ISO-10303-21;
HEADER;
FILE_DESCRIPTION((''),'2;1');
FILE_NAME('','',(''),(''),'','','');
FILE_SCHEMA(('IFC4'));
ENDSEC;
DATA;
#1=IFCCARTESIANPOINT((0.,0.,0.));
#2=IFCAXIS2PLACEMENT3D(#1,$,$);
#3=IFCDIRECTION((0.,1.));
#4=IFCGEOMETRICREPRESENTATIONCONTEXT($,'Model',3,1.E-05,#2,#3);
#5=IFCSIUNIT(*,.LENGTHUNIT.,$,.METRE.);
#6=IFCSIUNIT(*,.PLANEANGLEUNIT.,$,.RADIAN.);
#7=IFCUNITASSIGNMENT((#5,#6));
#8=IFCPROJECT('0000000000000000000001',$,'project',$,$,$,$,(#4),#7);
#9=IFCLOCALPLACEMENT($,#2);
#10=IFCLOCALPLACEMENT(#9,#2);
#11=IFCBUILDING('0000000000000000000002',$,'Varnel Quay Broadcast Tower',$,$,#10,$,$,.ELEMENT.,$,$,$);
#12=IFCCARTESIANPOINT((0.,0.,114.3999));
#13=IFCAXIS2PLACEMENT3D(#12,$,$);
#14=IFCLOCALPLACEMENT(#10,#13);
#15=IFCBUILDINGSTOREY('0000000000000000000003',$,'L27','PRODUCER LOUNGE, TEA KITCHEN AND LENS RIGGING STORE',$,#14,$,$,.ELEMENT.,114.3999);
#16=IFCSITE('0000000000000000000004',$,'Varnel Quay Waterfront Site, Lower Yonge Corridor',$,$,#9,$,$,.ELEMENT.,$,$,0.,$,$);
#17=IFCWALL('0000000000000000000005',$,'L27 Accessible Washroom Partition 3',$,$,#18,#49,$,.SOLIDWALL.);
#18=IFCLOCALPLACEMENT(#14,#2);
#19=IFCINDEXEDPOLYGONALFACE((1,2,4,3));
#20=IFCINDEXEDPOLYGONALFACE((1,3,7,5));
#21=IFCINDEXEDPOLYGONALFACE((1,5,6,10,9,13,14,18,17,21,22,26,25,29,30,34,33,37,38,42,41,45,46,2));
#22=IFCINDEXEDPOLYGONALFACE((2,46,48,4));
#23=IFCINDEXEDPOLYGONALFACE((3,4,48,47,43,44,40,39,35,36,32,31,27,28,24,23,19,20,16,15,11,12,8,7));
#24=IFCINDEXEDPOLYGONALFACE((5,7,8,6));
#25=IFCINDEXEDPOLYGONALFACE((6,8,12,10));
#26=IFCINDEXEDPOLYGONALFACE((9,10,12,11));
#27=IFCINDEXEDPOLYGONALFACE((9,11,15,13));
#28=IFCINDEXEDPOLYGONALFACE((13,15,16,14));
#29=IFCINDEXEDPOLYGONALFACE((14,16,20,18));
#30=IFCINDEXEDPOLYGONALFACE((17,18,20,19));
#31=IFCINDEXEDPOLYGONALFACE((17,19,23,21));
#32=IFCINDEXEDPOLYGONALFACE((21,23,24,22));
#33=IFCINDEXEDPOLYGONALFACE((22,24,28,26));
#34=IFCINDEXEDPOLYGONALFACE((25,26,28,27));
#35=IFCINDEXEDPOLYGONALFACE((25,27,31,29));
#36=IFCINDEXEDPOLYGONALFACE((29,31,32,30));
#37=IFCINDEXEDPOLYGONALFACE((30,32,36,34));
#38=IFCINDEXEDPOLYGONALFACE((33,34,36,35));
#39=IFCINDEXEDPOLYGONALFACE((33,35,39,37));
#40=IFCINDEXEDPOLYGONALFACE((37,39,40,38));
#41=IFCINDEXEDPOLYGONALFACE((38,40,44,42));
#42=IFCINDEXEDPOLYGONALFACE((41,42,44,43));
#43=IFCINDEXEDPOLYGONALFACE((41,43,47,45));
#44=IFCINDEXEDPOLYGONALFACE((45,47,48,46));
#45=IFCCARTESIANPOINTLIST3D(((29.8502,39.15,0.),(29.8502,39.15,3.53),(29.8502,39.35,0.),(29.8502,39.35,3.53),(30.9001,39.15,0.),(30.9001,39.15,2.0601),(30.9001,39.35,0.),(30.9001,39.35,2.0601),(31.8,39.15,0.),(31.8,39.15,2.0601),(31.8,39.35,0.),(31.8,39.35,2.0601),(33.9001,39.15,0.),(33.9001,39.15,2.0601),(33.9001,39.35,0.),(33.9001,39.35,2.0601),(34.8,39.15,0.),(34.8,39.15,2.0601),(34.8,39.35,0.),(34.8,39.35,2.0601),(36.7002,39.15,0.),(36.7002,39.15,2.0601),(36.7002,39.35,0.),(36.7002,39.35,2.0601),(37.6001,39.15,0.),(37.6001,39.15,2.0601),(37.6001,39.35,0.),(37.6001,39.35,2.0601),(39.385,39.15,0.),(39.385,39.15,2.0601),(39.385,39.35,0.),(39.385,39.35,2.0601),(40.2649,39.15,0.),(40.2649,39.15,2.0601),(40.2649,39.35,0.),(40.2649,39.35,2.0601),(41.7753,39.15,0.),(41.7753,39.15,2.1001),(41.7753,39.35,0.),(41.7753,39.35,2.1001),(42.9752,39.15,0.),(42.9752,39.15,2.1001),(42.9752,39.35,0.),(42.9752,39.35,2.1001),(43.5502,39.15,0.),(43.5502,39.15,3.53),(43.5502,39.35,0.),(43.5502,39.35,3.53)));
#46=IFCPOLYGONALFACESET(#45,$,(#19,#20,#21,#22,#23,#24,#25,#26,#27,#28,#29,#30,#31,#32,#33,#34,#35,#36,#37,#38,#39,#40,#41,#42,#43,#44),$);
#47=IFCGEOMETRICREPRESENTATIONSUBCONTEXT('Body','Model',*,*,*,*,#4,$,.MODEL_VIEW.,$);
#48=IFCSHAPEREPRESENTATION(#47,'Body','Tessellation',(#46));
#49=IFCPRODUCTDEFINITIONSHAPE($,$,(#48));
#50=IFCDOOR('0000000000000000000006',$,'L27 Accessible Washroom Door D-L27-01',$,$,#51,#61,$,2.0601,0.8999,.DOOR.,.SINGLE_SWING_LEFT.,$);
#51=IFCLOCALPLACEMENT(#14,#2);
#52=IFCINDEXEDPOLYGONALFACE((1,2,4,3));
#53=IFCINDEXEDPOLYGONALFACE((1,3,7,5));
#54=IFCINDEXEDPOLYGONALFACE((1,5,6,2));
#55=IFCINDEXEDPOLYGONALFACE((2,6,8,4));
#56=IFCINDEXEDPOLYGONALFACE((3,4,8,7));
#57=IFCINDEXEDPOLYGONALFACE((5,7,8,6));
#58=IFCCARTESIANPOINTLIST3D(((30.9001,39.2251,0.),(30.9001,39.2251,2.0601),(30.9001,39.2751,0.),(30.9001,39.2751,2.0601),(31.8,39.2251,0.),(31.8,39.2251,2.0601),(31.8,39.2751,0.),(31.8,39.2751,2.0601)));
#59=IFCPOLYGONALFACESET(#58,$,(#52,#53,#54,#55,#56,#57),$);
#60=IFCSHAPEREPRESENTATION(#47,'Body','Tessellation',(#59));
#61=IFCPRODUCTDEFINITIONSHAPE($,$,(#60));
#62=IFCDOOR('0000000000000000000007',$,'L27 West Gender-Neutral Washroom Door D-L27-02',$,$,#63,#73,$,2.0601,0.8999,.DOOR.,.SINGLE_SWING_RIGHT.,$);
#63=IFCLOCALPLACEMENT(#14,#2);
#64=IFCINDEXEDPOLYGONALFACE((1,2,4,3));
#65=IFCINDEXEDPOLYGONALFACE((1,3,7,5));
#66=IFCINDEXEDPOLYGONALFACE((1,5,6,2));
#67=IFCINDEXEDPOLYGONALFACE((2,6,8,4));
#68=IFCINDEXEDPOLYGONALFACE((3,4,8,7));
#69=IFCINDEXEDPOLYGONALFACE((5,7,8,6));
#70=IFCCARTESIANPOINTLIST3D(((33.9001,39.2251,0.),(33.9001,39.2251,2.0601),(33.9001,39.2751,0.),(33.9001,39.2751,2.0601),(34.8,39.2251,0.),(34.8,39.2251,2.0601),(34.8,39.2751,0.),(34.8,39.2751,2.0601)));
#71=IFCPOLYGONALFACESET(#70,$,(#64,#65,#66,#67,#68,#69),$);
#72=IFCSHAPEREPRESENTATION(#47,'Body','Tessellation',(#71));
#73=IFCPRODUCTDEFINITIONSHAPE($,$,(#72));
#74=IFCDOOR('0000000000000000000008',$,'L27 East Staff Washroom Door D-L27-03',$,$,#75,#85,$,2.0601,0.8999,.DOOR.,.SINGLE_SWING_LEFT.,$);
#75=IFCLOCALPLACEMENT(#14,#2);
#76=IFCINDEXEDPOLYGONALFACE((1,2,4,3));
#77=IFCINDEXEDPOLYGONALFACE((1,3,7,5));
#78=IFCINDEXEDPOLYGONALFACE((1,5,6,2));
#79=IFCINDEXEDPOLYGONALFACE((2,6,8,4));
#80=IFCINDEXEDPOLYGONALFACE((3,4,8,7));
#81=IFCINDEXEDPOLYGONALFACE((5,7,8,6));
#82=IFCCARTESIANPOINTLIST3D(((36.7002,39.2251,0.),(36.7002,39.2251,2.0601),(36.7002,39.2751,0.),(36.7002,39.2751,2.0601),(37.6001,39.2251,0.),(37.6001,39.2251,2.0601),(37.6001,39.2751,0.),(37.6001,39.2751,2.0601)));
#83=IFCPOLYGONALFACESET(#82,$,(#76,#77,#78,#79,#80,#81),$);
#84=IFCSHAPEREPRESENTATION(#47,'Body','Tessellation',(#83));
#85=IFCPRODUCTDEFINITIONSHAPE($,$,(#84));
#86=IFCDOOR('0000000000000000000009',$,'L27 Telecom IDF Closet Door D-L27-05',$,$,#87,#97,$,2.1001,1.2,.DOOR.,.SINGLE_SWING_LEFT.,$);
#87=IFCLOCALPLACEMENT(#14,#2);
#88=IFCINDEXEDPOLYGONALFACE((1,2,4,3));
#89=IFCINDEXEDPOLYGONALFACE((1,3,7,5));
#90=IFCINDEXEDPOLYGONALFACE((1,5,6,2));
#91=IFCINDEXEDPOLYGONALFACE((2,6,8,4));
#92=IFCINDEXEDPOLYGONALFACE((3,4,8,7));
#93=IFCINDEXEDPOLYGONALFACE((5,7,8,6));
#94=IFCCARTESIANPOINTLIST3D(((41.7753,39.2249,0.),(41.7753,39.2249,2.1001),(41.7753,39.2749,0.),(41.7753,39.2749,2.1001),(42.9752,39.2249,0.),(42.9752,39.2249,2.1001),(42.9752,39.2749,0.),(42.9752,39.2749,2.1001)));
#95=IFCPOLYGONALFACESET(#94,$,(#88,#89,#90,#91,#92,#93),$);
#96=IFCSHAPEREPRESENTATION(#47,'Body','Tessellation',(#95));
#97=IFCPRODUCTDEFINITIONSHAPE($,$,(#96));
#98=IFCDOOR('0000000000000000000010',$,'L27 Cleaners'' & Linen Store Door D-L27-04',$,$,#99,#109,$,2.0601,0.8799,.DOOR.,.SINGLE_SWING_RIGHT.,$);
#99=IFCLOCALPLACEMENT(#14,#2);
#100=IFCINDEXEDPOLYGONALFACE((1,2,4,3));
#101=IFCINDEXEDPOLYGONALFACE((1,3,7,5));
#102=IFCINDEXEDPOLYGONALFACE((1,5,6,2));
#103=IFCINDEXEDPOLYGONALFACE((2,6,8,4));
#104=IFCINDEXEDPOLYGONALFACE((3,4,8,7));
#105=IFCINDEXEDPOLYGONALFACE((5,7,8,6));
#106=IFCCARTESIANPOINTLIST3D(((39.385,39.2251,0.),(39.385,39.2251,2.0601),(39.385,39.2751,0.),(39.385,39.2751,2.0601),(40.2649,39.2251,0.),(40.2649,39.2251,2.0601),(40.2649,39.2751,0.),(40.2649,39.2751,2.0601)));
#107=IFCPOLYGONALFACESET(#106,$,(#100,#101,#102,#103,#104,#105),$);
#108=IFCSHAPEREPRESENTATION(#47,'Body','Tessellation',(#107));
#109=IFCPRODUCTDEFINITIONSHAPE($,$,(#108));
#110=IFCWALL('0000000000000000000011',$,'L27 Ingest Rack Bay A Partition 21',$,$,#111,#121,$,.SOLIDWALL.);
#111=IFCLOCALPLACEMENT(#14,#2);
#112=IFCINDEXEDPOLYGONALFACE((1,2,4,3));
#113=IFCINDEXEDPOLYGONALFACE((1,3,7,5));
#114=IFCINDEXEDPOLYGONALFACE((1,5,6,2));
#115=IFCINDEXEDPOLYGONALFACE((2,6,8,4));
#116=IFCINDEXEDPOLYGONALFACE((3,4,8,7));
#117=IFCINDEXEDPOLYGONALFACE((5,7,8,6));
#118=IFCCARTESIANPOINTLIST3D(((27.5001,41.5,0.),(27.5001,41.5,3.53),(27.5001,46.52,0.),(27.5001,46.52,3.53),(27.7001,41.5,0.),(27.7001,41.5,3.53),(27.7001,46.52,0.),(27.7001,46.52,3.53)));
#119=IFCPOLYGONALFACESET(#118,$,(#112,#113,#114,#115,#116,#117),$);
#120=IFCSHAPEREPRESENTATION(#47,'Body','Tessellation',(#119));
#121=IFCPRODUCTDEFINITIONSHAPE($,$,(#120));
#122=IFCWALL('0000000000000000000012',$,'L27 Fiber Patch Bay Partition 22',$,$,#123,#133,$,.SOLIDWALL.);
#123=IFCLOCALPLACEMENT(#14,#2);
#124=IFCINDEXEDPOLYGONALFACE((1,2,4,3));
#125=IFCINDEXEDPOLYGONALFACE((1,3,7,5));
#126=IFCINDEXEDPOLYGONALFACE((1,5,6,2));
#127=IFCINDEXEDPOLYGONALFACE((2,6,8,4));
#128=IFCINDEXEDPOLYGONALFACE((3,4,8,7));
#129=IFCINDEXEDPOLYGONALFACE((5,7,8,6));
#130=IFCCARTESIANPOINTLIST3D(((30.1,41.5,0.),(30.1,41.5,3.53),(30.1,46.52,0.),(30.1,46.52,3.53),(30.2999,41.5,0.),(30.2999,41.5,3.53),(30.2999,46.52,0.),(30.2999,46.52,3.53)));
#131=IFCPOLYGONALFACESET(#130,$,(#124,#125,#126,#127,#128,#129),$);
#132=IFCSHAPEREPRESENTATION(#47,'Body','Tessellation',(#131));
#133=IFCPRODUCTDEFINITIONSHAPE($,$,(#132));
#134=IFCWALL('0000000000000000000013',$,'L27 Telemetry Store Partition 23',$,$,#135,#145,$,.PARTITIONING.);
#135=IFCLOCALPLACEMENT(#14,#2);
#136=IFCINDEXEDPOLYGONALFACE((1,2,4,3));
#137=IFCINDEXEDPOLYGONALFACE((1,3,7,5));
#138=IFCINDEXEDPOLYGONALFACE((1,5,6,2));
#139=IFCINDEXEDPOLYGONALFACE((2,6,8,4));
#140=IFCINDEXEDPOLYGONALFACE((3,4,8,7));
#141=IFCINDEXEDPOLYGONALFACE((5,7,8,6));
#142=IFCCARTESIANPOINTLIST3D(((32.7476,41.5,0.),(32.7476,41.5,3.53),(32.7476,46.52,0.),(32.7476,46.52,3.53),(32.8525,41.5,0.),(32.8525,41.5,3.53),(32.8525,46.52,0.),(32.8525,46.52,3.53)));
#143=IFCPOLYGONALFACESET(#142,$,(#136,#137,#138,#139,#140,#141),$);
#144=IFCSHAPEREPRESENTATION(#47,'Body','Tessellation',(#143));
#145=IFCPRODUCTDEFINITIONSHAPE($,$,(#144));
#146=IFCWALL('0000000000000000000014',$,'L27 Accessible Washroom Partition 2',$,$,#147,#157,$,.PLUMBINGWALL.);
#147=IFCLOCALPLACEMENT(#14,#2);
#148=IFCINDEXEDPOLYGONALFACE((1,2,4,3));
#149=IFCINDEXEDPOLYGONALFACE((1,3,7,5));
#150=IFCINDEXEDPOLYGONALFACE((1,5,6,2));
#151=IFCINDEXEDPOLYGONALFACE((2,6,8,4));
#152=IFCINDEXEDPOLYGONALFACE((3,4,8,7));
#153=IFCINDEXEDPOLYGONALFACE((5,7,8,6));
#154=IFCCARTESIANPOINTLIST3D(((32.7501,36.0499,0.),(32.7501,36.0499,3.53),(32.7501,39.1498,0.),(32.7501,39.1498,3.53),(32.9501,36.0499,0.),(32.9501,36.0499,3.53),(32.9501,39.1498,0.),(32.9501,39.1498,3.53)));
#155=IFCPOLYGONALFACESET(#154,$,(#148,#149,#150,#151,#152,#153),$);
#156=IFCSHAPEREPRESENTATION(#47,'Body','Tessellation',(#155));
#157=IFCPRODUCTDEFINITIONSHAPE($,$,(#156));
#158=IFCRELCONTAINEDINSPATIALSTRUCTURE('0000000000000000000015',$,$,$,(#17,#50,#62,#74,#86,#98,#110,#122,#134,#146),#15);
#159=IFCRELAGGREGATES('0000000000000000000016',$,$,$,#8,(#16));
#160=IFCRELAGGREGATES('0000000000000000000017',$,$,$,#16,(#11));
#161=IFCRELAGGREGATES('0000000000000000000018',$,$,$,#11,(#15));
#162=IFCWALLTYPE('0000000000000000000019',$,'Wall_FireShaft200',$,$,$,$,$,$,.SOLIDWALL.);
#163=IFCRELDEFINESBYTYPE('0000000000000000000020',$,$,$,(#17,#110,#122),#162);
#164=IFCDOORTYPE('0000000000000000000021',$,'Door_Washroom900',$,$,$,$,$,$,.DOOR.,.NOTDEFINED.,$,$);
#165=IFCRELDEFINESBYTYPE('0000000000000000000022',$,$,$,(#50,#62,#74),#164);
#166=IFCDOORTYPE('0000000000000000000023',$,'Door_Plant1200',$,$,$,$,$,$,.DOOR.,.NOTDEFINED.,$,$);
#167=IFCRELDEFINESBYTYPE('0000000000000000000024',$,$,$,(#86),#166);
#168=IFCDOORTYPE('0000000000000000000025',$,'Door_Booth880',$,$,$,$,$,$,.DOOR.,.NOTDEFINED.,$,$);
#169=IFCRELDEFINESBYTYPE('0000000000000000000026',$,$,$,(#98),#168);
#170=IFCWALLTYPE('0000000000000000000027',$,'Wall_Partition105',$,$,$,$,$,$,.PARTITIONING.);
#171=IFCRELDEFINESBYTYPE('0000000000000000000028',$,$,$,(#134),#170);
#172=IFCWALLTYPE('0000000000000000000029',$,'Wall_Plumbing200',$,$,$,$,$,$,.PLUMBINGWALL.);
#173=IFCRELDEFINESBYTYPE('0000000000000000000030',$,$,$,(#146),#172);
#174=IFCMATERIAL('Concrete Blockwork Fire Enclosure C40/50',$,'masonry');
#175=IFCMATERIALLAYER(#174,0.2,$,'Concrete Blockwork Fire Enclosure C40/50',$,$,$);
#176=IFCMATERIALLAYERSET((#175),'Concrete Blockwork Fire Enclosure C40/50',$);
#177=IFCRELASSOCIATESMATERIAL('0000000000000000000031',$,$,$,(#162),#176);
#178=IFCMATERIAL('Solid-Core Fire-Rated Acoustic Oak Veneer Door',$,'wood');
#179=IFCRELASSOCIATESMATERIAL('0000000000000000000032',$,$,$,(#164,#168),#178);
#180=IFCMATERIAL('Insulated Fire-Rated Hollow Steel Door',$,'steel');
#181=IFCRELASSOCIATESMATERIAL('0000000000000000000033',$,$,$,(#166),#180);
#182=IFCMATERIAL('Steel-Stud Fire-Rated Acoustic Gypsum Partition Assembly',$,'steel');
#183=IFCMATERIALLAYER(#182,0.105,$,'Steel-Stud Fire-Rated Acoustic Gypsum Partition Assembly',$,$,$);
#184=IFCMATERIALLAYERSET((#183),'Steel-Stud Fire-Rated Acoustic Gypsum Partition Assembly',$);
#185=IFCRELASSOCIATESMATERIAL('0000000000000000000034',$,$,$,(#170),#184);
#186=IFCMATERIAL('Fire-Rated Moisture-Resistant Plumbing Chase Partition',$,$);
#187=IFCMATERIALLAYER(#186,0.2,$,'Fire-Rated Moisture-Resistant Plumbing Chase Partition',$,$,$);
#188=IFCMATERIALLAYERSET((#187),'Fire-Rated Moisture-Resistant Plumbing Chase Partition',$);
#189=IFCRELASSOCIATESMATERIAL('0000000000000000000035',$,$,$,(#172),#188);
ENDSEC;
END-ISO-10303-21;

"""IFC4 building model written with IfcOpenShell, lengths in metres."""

from ifc_helpers import new_model, si_unit, direction, frame, frame_2d, origin, place, context, subcontext, project, spatial, rectangle, extrude, source, transform, mapped, material, layer, layer_set, type_object, type_shapes, element, fill, save


model = new_model("IFC4")

# Units and contexts
model_context = context("Model", 3, precision=1e-05, world=origin(), true_north=direction((0.0, 1.0)))
body_context = subcontext(model_context, "Body", "Model", "MODEL_VIEW")
ifc_project = project(units=[si_unit("LENGTHUNIT", "METRE"), si_unit("PLANEANGLEUNIT", "RADIAN")], contexts=[model_context])

# Site, building, storey
site_placement = place(None, origin())
site = spatial("IfcSite", under=ifc_project, at=site_placement, Name="Varnel Quay Waterfront Site, Lower Yonge Corridor", CompositionType="ELEMENT", RefElevation=0.0)
building_placement = place(site_placement, origin())
building = spatial("IfcBuilding", under=site, at=building_placement, Name="Varnel Quay Broadcast Tower", CompositionType="ELEMENT")
storey_placement = place(building_placement, frame((0.0, 0.0, 114.3999)))
storey = spatial("IfcBuildingStorey", under=building, at=storey_placement, Name="L27", Description="PRODUCER LOUNGE, TEA KITCHEN AND LENS RIGGING STORE", CompositionType="ELEMENT", Elevation=114.3999)

# Shared definitions
ifc_material_1 = material(Name="Insulated Fire-Rated Hollow Steel Door", Category="steel")
ifc_material_2 = material(Name="Solid-Core Fire-Rated Acoustic Oak Veneer Door", Category="wood")

# Shared definitions
ifc_material_3 = material(Name="Concrete Blockwork Fire Enclosure C40/50", Category="masonry")
ifc_layer_1 = layer(ifc_material_3, 0.2, Name="Concrete Blockwork Fire Enclosure C40/50")
ifc_layer_set_1 = layer_set([ifc_layer_1], Name="Concrete Blockwork Fire Enclosure C40/50")
wall_type_1 = type_object("IfcWallType", Name="Wall_FireShaft200", PredefinedType="SOLIDWALL", material=ifc_layer_set_1)

# Wall, openings, doors
wall_1_placement = place(storey_placement, frame((29.8501, 39.25, 0.0), z_axis=(0.0, 0.0, 1.0), x_axis=(1.0, 0.0, 0.0)))
wall_1 = element("IfcWall", 1, at=wall_1_placement, inside=storey, type_object=wall_type_1, Name="L27 Accessible Washroom Partition 3", PredefinedType="SOLIDWALL", context=body_context, shape_type="SweptSolid", body=[
    extrude(rectangle(XDim=13.7, YDim=0.2, at=frame_2d((6.8501, 0.0))), origin(), (0.0, 0.0, 1.0), 3.53),
])
opening_1_placement = place(wall_1_placement, frame((1.05, 0.0, 0.0)))
opening_1 = element("IfcOpeningElement", 2, at=opening_1_placement, cuts=wall_1, PredefinedType="OPENING", context=body_context, shape_type="SweptSolid", body=[
    extrude(rectangle(XDim=0.8999, YDim=2.0601, at=frame_2d((0.45, 1.03))), frame((0.0, 0.1099, 0.0), z_axis=(0.0, -1.0, 0.0), x_axis=(1.0, 0.0, 0.0)), (0.0, 0.0, 1.0), 0.22),
])
opening_2_placement = place(wall_1_placement, frame((4.05, 0.0, 0.0)))
opening_2 = element("IfcOpeningElement", 3, at=opening_2_placement, cuts=wall_1, PredefinedType="OPENING", context=body_context, shape_type="SweptSolid", body=[
    extrude(rectangle(XDim=0.8999, YDim=2.0601, at=frame_2d((0.45, 1.03))), frame((0.0, 0.1099, 0.0), z_axis=(0.0, -1.0, 0.0), x_axis=(1.0, 0.0, 0.0)), (0.0, 0.0, 1.0), 0.22),
])
opening_3_placement = place(wall_1_placement, frame((6.8501, 0.0, 0.0)))
opening_3 = element("IfcOpeningElement", 4, at=opening_3_placement, cuts=wall_1, PredefinedType="OPENING", context=body_context, shape_type="SweptSolid", body=[
    extrude(rectangle(XDim=0.8999, YDim=2.0601, at=frame_2d((0.45, 1.03))), frame((0.0, 0.1099, 0.0), z_axis=(0.0, -1.0, 0.0), x_axis=(1.0, 0.0, 0.0)), (0.0, 0.0, 1.0), 0.22),
])
opening_4_placement = place(wall_1_placement, frame((9.5349, 0.0, 0.0)))
opening_4 = element("IfcOpeningElement", 5, at=opening_4_placement, cuts=wall_1, PredefinedType="OPENING", context=body_context, shape_type="SweptSolid", body=[
    extrude(rectangle(XDim=0.8799, YDim=2.0601, at=frame_2d((0.4399, 1.03))), frame((0.0, 0.1099, 0.0), z_axis=(0.0, -1.0, 0.0), x_axis=(1.0, 0.0, 0.0)), (0.0, 0.0, 1.0), 0.22),
])
opening_5_placement = place(wall_1_placement, frame((11.925, 0.0, 0.0)))
opening_5 = element("IfcOpeningElement", 6, at=opening_5_placement, cuts=wall_1, PredefinedType="OPENING", context=body_context, shape_type="SweptSolid", body=[
    extrude(rectangle(XDim=1.2, YDim=2.1001, at=frame_2d((0.6001, 1.05))), frame((0.0, 0.1099, 0.0), z_axis=(0.0, -1.0, 0.0), x_axis=(1.0, 0.0, 0.0)), (0.0, 0.0, 1.0), 0.22),
])
door_type_1 = type_object("IfcDoorType", Name="Door_Washroom900", OperationType="NOTDEFINED", PredefinedType="DOOR", material=ifc_material_2)
shared_shape_1 = source(origin(), body_context, "Body", "SweptSolid", [
    extrude(rectangle(XDim=0.8999, YDim=2.0601, at=frame_2d((0.45, 1.03))), frame((0.0, 0.0249, 0.0), z_axis=(0.0, -1.0, 0.0), x_axis=(1.0, 0.0, 0.0)), (0.0, 0.0, 1.0), 0.05),
])
type_shapes(door_type_1, [shared_shape_1])
door_1_placement = place(opening_1_placement, frame((0.8999, 0.0, 0.0), z_axis=(0.0, 0.0, 1.0), x_axis=(-1.0, 0.0, 0.0)))
door_1 = element("IfcDoor", 7, at=door_1_placement, inside=storey, type_object=door_type_1, Name="L27 Accessible Washroom Door D-L27-01", OperationType="SINGLE_SWING_LEFT", OverallHeight=2.0601, OverallWidth=0.8999, PredefinedType="DOOR", context=body_context, shape_type="MappedRepresentation", body=[
    mapped(shared_shape_1, transform((0.0, 0.0, 0.0), x_axis=(1.0, 0.0, 0.0), y_axis=(0.0, 1.0, 0.0), z_axis=(0.0, 0.0, 1.0), scale=1.0)),
])
fill(opening_1, door_1)
door_2_placement = place(opening_2_placement, frame((0.8999, 0.0, 0.0), z_axis=(0.0, 0.0, 1.0), x_axis=(-1.0, 0.0, 0.0)))
door_2 = element("IfcDoor", 8, at=door_2_placement, inside=storey, type_object=door_type_1, Name="L27 West Gender-Neutral Washroom Door D-L27-02", OperationType="SINGLE_SWING_RIGHT", OverallHeight=2.0601, OverallWidth=0.8999, PredefinedType="DOOR", context=body_context, shape_type="MappedRepresentation", body=[
    mapped(shared_shape_1, transform((0.0, 0.0, 0.0), x_axis=(1.0, 0.0, 0.0), y_axis=(0.0, 1.0, 0.0), z_axis=(0.0, 0.0, 1.0), scale=1.0)),
])
fill(opening_2, door_2)
door_3_placement = place(opening_3_placement, frame((0.8999, 0.0, 0.0), z_axis=(0.0, 0.0, 1.0), x_axis=(-1.0, 0.0, 0.0)))
door_3 = element("IfcDoor", 9, at=door_3_placement, inside=storey, type_object=door_type_1, Name="L27 East Staff Washroom Door D-L27-03", OperationType="SINGLE_SWING_LEFT", OverallHeight=2.0601, OverallWidth=0.8999, PredefinedType="DOOR", context=body_context, shape_type="MappedRepresentation", body=[
    mapped(shared_shape_1, transform((0.0, 0.0, 0.0), x_axis=(1.0, 0.0, 0.0), y_axis=(0.0, 1.0, 0.0), z_axis=(0.0, 0.0, 1.0), scale=1.0)),
])
fill(opening_3, door_3)
door_type_2 = type_object("IfcDoorType", Name="Door_Plant1200", OperationType="NOTDEFINED", PredefinedType="DOOR", material=ifc_material_1)
shared_shape_2 = source(origin(), body_context, "Body", "SweptSolid", [
    extrude(rectangle(XDim=1.2, YDim=2.1001, at=frame_2d((0.6001, 1.05))), frame((0.0, 0.0249, 0.0), z_axis=(0.0, -1.0, 0.0), x_axis=(1.0, 0.0, 0.0)), (0.0, 0.0, 1.0), 0.05),
])
type_shapes(door_type_2, [shared_shape_2])
door_4_placement = place(opening_5_placement, origin())
door_4 = element("IfcDoor", 10, at=door_4_placement, inside=storey, type_object=door_type_2, Name="L27 Telecom IDF Closet Door D-L27-05", OperationType="SINGLE_SWING_LEFT", OverallHeight=2.1001, OverallWidth=1.2, PredefinedType="DOOR", context=body_context, shape_type="MappedRepresentation", body=[
    mapped(shared_shape_2, transform((0.0, 0.0, 0.0), x_axis=(1.0, 0.0, 0.0), y_axis=(0.0, 1.0, 0.0), z_axis=(0.0, 0.0, 1.0), scale=1.0)),
])
fill(opening_5, door_4)
door_type_3 = type_object("IfcDoorType", Name="Door_Booth880", OperationType="NOTDEFINED", PredefinedType="DOOR", material=ifc_material_2)
shared_shape_3 = source(origin(), body_context, "Body", "SweptSolid", [
    extrude(rectangle(XDim=0.8799, YDim=2.0601, at=frame_2d((0.4399, 1.03))), frame((0.0, 0.0249, 0.0), z_axis=(0.0, -1.0, 0.0), x_axis=(1.0, 0.0, 0.0)), (0.0, 0.0, 1.0), 0.05),
])
type_shapes(door_type_3, [shared_shape_3])
door_5_placement = place(opening_4_placement, frame((0.8799, 0.0, 0.0), z_axis=(0.0, 0.0, 1.0), x_axis=(-1.0, 0.0, 0.0)))
door_5 = element("IfcDoor", 11, at=door_5_placement, inside=storey, type_object=door_type_3, Name="L27 Cleaners' & Linen Store Door D-L27-04", OperationType="SINGLE_SWING_RIGHT", OverallHeight=2.0601, OverallWidth=0.8799, PredefinedType="DOOR", context=body_context, shape_type="MappedRepresentation", body=[
    mapped(shared_shape_3, transform((0.0, 0.0, 0.0), x_axis=(1.0, 0.0, 0.0), y_axis=(0.0, 1.0, 0.0), z_axis=(0.0, 0.0, 1.0), scale=1.0)),
])
fill(opening_4, door_5)

# Walls
for number, where, z_axis, x_axis, name in (
    (12, (27.6001, 41.5, 0.0), (0.0, 0.0, 1.0), (0.0, 1.0, 0.0), "L27 Ingest Rack Bay A Partition 21"),
    (13, (30.2, 41.5, 0.0), (0.0, 0.0, 1.0), (0.0, 1.0, 0.0), "L27 Fiber Patch Bay Partition 22"),
):
    element("IfcWall", number, at=place(storey_placement, frame(where, z_axis=z_axis, x_axis=x_axis)), inside=storey, type_object=wall_type_1, Name=name, PredefinedType="SOLIDWALL", context=body_context, shape_type="SweptSolid", body=[
        extrude(rectangle(XDim=5.02, YDim=0.2, at=frame_2d((2.51, 0.0))), origin(), (0.0, 0.0, 1.0), 3.53),
    ])
ifc_material_4 = material(Name="Steel-Stud Fire-Rated Acoustic Gypsum Partition Assembly", Category="steel")
ifc_layer_2 = layer(ifc_material_4, 0.105, Name="Steel-Stud Fire-Rated Acoustic Gypsum Partition Assembly")
ifc_layer_set_2 = layer_set([ifc_layer_2], Name="Steel-Stud Fire-Rated Acoustic Gypsum Partition Assembly")
wall_type_2 = type_object("IfcWallType", Name="Wall_Partition105", PredefinedType="PARTITIONING", material=ifc_layer_set_2)
wall_2_placement = place(storey_placement, frame((32.8, 41.5, 0.0), z_axis=(0.0, 0.0, 1.0), x_axis=(0.0, 1.0, 0.0)))
element("IfcWall", 14, at=wall_2_placement, inside=storey, type_object=wall_type_2, Name="L27 Telemetry Store Partition 23", PredefinedType="PARTITIONING", context=body_context, shape_type="SweptSolid", body=[
    extrude(rectangle(XDim=5.02, YDim=0.105, at=frame_2d((2.51, 0.0))), origin(), (0.0, 0.0, 1.0), 3.53),
])
ifc_material_5 = material(Name="Fire-Rated Moisture-Resistant Plumbing Chase Partition")
ifc_layer_3 = layer(ifc_material_5, 0.2, Name="Fire-Rated Moisture-Resistant Plumbing Chase Partition")
ifc_layer_set_3 = layer_set([ifc_layer_3], Name="Fire-Rated Moisture-Resistant Plumbing Chase Partition")
wall_type_3 = type_object("IfcWallType", Name="Wall_Plumbing200", PredefinedType="PLUMBINGWALL", material=ifc_layer_set_3)
for number, where, z_axis, x_axis, name in (
    (15, (32.8501, 36.05, 0.0), (0.0, 0.0, 1.0), (0.0, 1.0, 0.0), "L27 Accessible Washroom Partition 2"),
):
    element("IfcWall", number, at=place(storey_placement, frame(where, z_axis=z_axis, x_axis=x_axis)), inside=storey, type_object=wall_type_3, Name=name, PredefinedType="PLUMBINGWALL", context=body_context, shape_type="SweptSolid", body=[
        extrude(rectangle(XDim=3.0999, YDim=0.2, at=frame_2d((1.5498, 0.0))), origin(), (0.0, 0.0, 1.0), 3.53),
    ])

save(model, "model.ifc")
